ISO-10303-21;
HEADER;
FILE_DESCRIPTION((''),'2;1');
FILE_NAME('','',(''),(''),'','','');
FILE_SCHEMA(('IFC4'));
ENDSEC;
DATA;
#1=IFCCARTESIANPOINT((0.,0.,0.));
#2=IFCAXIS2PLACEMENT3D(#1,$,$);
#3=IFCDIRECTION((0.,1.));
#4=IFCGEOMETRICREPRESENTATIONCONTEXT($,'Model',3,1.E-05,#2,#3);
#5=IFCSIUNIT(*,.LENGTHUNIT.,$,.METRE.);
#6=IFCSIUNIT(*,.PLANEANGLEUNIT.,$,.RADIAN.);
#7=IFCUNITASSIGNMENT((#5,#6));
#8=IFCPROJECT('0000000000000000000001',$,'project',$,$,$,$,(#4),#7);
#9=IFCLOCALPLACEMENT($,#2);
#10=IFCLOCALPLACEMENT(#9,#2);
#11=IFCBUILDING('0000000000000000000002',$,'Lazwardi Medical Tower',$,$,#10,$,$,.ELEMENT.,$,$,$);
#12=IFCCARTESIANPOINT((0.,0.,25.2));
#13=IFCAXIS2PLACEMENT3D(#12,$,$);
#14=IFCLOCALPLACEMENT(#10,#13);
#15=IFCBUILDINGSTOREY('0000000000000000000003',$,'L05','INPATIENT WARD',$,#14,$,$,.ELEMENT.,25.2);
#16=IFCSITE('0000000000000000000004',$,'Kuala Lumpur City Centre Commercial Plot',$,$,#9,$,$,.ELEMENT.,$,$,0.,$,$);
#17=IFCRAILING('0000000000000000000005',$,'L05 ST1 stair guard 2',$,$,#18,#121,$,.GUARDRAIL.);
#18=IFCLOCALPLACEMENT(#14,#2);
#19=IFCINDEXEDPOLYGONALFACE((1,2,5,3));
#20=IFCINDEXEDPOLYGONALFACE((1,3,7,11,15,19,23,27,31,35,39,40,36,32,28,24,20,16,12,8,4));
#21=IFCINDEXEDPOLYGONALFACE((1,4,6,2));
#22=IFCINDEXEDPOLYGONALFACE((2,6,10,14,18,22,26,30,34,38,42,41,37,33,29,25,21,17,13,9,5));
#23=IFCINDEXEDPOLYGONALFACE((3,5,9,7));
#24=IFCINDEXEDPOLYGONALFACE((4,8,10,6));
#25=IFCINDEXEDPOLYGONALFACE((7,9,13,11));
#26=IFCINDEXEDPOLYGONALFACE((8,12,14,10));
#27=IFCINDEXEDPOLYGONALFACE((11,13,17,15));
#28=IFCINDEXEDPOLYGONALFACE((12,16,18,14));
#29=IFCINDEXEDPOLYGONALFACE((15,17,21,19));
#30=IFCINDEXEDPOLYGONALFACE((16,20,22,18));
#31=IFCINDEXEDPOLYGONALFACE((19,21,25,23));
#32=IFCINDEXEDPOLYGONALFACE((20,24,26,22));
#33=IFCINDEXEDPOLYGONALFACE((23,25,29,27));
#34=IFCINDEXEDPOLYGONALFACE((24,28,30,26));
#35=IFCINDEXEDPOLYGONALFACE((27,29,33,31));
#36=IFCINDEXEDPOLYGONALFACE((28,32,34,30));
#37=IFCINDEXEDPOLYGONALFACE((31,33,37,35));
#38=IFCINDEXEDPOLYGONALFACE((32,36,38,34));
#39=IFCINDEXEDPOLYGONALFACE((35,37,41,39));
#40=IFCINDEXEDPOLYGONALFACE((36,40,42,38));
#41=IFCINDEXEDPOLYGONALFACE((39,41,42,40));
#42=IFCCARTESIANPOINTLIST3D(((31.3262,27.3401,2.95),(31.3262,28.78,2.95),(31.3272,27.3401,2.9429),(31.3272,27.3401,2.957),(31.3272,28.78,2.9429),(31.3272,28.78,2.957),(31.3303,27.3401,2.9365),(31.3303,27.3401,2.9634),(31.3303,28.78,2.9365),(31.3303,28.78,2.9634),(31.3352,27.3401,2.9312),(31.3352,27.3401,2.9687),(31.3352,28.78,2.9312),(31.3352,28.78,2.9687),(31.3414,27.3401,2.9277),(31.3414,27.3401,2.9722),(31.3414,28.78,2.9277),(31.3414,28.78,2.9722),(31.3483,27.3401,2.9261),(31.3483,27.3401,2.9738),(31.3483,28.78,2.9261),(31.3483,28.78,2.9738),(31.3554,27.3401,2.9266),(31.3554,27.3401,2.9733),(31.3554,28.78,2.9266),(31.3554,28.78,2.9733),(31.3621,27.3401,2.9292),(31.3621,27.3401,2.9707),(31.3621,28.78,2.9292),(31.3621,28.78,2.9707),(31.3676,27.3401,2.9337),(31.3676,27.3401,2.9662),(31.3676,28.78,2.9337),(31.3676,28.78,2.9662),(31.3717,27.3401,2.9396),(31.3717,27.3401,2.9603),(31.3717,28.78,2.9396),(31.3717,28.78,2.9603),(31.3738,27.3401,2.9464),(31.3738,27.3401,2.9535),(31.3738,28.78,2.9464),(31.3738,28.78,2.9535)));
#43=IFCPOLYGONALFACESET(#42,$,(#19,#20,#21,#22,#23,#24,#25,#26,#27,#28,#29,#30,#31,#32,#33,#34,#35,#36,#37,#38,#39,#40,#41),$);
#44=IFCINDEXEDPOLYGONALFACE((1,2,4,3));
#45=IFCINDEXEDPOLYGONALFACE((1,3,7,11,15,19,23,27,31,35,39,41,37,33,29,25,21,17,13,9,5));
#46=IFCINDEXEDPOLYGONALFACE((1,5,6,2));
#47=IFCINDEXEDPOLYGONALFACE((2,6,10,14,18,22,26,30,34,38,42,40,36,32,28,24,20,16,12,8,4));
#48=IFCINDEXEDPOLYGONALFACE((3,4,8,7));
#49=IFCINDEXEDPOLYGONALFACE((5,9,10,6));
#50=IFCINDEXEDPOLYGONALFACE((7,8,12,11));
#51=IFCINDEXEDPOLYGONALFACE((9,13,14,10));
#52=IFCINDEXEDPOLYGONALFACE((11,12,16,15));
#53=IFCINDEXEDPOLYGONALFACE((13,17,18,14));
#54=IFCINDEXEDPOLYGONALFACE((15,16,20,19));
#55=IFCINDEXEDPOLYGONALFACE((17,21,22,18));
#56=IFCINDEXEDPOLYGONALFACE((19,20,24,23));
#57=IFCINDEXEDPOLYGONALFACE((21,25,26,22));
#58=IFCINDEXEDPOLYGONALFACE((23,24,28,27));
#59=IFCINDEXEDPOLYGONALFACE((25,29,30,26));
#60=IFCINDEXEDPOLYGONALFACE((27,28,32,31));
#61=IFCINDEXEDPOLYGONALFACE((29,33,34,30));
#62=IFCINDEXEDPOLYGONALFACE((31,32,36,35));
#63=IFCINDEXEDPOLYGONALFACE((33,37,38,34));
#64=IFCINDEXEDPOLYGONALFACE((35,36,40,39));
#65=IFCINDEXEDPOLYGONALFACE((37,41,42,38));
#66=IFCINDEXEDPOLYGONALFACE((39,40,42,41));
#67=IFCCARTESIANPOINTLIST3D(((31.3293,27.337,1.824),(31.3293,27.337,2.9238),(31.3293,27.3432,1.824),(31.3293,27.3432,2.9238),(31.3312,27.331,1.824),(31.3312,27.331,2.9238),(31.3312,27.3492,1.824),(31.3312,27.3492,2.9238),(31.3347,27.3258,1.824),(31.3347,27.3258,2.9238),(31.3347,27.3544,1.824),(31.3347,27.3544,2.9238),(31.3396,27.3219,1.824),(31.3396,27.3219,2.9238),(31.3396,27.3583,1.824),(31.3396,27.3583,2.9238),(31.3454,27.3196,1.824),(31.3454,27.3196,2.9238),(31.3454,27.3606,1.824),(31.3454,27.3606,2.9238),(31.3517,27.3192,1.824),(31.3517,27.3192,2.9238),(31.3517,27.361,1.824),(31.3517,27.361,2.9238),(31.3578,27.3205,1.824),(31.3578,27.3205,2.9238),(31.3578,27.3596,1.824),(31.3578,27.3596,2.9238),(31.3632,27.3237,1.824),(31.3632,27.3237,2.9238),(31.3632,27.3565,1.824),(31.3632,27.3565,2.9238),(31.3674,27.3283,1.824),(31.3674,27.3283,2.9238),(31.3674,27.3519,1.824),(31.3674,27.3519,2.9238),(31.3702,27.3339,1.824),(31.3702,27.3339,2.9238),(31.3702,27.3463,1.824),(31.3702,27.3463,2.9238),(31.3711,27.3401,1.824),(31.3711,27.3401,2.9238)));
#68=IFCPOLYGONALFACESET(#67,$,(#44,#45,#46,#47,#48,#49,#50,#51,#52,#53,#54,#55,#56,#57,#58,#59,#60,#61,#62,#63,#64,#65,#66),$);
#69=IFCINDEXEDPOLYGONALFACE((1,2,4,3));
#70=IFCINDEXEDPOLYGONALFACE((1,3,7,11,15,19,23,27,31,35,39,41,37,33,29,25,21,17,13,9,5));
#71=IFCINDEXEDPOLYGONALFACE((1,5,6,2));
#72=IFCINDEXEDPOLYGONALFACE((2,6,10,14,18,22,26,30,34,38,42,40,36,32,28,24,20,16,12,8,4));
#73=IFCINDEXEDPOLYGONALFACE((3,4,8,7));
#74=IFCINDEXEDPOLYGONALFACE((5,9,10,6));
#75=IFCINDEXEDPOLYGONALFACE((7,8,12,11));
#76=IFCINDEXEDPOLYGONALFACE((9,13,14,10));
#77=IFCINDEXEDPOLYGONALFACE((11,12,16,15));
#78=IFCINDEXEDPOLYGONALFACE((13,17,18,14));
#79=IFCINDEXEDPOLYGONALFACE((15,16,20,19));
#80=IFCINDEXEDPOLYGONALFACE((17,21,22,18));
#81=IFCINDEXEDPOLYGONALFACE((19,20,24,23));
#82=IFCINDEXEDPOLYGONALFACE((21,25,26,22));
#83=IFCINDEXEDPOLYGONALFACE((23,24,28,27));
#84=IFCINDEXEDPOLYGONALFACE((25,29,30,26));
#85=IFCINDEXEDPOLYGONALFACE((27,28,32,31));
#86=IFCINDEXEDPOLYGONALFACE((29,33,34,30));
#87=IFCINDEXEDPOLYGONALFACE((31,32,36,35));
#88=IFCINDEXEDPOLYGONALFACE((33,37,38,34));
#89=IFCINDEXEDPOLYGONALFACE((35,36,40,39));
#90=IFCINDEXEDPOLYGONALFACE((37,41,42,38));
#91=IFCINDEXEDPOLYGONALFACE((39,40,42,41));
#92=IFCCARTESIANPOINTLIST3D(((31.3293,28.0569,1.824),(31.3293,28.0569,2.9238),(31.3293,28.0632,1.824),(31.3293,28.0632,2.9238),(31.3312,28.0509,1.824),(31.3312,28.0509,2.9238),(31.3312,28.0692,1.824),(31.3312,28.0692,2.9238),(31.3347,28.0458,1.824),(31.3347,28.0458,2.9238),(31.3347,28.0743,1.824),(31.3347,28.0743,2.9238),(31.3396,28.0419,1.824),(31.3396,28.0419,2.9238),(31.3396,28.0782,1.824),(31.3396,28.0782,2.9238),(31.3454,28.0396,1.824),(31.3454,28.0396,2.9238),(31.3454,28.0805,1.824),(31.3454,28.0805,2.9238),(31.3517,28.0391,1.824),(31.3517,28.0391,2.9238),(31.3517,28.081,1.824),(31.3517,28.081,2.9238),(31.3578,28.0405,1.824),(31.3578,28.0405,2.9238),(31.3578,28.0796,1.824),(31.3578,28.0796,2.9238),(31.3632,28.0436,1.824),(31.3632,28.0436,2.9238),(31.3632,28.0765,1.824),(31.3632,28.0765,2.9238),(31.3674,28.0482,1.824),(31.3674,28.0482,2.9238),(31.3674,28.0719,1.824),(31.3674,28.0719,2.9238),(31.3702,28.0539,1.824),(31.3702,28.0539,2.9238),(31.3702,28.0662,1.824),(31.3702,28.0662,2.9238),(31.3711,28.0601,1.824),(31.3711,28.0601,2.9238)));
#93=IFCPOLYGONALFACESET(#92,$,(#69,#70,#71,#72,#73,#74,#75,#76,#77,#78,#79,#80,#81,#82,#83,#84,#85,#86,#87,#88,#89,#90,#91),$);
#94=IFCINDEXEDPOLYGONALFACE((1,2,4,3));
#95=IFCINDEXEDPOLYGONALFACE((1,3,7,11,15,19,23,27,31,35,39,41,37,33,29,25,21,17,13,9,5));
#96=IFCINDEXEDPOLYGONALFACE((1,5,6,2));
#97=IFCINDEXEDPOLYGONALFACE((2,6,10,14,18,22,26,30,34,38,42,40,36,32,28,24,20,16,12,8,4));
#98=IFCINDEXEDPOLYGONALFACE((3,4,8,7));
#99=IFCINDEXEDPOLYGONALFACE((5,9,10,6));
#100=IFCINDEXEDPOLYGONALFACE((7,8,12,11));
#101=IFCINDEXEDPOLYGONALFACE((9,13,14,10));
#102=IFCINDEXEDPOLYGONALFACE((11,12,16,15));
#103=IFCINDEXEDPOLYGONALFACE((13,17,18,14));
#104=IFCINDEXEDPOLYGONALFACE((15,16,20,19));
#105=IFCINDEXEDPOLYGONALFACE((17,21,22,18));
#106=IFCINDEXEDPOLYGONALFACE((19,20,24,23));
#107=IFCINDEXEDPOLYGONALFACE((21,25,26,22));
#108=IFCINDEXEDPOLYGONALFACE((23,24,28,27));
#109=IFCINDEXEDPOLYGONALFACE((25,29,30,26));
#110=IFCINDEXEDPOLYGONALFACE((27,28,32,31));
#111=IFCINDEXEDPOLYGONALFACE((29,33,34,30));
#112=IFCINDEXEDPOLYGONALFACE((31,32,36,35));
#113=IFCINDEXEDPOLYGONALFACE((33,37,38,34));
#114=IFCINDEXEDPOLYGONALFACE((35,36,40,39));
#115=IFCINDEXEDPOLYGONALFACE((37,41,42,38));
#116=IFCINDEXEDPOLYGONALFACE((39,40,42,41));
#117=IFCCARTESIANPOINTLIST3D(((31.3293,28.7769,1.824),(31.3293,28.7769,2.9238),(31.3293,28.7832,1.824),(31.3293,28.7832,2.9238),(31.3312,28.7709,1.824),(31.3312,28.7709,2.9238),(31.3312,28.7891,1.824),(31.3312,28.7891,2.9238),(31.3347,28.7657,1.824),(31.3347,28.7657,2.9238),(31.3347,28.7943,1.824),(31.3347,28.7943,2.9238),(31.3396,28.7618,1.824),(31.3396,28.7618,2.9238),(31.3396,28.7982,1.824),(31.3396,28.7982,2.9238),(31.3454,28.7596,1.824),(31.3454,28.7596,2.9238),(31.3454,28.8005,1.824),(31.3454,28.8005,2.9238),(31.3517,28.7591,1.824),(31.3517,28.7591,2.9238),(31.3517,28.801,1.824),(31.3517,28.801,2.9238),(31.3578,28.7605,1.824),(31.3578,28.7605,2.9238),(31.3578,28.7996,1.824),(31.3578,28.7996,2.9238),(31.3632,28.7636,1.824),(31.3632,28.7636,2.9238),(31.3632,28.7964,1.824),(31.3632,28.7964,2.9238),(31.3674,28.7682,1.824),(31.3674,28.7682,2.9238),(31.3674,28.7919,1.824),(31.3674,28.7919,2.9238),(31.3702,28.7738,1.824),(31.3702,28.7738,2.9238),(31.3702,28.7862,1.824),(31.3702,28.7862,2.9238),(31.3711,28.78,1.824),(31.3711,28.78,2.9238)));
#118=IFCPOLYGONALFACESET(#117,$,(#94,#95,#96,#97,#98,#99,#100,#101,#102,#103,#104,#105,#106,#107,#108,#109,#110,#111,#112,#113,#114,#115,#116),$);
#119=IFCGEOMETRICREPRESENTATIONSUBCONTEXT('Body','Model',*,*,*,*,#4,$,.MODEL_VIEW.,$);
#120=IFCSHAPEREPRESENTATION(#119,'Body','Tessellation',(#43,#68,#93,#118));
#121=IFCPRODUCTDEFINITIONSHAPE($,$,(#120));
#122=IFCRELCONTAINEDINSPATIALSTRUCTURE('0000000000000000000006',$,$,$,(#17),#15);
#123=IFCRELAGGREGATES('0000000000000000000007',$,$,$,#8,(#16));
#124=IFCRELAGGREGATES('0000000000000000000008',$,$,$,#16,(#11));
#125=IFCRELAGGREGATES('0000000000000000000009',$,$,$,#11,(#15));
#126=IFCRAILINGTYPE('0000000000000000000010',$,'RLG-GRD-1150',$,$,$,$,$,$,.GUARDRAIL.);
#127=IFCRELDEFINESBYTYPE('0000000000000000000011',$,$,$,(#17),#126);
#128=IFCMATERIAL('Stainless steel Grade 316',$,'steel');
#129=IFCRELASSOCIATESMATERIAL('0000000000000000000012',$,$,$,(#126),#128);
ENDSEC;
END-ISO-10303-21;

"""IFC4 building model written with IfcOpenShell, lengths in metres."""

from ifc_helpers import new_model, si_unit, direction, frame, origin, origin_2d, place, context, subcontext, project, spatial, circle, extrude, material, type_object, element, save


model = new_model("IFC4")

# Units and contexts
model_context = context("Model", 3, precision=1e-05, world=origin(), true_north=direction((0.0, 1.0)))
body_context = subcontext(model_context, "Body", "Model", "MODEL_VIEW")
ifc_project = project(units=[si_unit("LENGTHUNIT", "METRE"), si_unit("PLANEANGLEUNIT", "RADIAN")], contexts=[model_context])

# Site, building, storey
site_placement = place(None, origin())
site = spatial("IfcSite", under=ifc_project, at=site_placement, Name="Kuala Lumpur City Centre Commercial Plot", CompositionType="ELEMENT", RefElevation=0.0)
building_placement = place(site_placement, origin())
building = spatial("IfcBuilding", under=site, at=building_placement, Name="Lazwardi Medical Tower", CompositionType="ELEMENT")
storey_placement = place(building_placement, frame((0.0, 0.0, 25.2)))
storey = spatial("IfcBuildingStorey", under=building, at=storey_placement, Name="L05", Description="INPATIENT WARD", CompositionType="ELEMENT", Elevation=25.2)

# Railing
ifc_material_1 = material(Name="Stainless steel Grade 316", Category="steel")
railing_type_1 = type_object("IfcRailingType", Name="RLG-GRD-1150", PredefinedType="GUARDRAIL", material=ifc_material_1)
railing_1_placement = place(storey_placement, frame((31.3501, 27.3401, 1.824)))
element("IfcRailing", 1, at=railing_1_placement, inside=storey, type_object=railing_type_1, Name="L05 ST1 stair guard 2", PredefinedType="GUARDRAIL", context=body_context, shape_type="SweptSolid", body=[
    extrude(circle(Radius=0.0239, at=origin_2d()), frame((0.0, 0.0, 1.126), z_axis=(0.0, 1.0, 0.0), x_axis=(-1.0, 0.0, 0.0)), (0.0, 0.0, 1.0), 1.4399),
    extrude(circle(Radius=0.021, at=origin_2d()), origin(), (0.0, 0.0, 1.0), 1.0999),
    extrude(circle(Radius=0.021, at=origin_2d()), frame((0.0, 0.72, 0.0)), (0.0, 0.0, 1.0), 1.0999),
    extrude(circle(Radius=0.021, at=origin_2d()), frame((0.0, 1.4399, 0.0)), (0.0, 0.0, 1.0), 1.0999),
])

save(model, "model.ifc")
